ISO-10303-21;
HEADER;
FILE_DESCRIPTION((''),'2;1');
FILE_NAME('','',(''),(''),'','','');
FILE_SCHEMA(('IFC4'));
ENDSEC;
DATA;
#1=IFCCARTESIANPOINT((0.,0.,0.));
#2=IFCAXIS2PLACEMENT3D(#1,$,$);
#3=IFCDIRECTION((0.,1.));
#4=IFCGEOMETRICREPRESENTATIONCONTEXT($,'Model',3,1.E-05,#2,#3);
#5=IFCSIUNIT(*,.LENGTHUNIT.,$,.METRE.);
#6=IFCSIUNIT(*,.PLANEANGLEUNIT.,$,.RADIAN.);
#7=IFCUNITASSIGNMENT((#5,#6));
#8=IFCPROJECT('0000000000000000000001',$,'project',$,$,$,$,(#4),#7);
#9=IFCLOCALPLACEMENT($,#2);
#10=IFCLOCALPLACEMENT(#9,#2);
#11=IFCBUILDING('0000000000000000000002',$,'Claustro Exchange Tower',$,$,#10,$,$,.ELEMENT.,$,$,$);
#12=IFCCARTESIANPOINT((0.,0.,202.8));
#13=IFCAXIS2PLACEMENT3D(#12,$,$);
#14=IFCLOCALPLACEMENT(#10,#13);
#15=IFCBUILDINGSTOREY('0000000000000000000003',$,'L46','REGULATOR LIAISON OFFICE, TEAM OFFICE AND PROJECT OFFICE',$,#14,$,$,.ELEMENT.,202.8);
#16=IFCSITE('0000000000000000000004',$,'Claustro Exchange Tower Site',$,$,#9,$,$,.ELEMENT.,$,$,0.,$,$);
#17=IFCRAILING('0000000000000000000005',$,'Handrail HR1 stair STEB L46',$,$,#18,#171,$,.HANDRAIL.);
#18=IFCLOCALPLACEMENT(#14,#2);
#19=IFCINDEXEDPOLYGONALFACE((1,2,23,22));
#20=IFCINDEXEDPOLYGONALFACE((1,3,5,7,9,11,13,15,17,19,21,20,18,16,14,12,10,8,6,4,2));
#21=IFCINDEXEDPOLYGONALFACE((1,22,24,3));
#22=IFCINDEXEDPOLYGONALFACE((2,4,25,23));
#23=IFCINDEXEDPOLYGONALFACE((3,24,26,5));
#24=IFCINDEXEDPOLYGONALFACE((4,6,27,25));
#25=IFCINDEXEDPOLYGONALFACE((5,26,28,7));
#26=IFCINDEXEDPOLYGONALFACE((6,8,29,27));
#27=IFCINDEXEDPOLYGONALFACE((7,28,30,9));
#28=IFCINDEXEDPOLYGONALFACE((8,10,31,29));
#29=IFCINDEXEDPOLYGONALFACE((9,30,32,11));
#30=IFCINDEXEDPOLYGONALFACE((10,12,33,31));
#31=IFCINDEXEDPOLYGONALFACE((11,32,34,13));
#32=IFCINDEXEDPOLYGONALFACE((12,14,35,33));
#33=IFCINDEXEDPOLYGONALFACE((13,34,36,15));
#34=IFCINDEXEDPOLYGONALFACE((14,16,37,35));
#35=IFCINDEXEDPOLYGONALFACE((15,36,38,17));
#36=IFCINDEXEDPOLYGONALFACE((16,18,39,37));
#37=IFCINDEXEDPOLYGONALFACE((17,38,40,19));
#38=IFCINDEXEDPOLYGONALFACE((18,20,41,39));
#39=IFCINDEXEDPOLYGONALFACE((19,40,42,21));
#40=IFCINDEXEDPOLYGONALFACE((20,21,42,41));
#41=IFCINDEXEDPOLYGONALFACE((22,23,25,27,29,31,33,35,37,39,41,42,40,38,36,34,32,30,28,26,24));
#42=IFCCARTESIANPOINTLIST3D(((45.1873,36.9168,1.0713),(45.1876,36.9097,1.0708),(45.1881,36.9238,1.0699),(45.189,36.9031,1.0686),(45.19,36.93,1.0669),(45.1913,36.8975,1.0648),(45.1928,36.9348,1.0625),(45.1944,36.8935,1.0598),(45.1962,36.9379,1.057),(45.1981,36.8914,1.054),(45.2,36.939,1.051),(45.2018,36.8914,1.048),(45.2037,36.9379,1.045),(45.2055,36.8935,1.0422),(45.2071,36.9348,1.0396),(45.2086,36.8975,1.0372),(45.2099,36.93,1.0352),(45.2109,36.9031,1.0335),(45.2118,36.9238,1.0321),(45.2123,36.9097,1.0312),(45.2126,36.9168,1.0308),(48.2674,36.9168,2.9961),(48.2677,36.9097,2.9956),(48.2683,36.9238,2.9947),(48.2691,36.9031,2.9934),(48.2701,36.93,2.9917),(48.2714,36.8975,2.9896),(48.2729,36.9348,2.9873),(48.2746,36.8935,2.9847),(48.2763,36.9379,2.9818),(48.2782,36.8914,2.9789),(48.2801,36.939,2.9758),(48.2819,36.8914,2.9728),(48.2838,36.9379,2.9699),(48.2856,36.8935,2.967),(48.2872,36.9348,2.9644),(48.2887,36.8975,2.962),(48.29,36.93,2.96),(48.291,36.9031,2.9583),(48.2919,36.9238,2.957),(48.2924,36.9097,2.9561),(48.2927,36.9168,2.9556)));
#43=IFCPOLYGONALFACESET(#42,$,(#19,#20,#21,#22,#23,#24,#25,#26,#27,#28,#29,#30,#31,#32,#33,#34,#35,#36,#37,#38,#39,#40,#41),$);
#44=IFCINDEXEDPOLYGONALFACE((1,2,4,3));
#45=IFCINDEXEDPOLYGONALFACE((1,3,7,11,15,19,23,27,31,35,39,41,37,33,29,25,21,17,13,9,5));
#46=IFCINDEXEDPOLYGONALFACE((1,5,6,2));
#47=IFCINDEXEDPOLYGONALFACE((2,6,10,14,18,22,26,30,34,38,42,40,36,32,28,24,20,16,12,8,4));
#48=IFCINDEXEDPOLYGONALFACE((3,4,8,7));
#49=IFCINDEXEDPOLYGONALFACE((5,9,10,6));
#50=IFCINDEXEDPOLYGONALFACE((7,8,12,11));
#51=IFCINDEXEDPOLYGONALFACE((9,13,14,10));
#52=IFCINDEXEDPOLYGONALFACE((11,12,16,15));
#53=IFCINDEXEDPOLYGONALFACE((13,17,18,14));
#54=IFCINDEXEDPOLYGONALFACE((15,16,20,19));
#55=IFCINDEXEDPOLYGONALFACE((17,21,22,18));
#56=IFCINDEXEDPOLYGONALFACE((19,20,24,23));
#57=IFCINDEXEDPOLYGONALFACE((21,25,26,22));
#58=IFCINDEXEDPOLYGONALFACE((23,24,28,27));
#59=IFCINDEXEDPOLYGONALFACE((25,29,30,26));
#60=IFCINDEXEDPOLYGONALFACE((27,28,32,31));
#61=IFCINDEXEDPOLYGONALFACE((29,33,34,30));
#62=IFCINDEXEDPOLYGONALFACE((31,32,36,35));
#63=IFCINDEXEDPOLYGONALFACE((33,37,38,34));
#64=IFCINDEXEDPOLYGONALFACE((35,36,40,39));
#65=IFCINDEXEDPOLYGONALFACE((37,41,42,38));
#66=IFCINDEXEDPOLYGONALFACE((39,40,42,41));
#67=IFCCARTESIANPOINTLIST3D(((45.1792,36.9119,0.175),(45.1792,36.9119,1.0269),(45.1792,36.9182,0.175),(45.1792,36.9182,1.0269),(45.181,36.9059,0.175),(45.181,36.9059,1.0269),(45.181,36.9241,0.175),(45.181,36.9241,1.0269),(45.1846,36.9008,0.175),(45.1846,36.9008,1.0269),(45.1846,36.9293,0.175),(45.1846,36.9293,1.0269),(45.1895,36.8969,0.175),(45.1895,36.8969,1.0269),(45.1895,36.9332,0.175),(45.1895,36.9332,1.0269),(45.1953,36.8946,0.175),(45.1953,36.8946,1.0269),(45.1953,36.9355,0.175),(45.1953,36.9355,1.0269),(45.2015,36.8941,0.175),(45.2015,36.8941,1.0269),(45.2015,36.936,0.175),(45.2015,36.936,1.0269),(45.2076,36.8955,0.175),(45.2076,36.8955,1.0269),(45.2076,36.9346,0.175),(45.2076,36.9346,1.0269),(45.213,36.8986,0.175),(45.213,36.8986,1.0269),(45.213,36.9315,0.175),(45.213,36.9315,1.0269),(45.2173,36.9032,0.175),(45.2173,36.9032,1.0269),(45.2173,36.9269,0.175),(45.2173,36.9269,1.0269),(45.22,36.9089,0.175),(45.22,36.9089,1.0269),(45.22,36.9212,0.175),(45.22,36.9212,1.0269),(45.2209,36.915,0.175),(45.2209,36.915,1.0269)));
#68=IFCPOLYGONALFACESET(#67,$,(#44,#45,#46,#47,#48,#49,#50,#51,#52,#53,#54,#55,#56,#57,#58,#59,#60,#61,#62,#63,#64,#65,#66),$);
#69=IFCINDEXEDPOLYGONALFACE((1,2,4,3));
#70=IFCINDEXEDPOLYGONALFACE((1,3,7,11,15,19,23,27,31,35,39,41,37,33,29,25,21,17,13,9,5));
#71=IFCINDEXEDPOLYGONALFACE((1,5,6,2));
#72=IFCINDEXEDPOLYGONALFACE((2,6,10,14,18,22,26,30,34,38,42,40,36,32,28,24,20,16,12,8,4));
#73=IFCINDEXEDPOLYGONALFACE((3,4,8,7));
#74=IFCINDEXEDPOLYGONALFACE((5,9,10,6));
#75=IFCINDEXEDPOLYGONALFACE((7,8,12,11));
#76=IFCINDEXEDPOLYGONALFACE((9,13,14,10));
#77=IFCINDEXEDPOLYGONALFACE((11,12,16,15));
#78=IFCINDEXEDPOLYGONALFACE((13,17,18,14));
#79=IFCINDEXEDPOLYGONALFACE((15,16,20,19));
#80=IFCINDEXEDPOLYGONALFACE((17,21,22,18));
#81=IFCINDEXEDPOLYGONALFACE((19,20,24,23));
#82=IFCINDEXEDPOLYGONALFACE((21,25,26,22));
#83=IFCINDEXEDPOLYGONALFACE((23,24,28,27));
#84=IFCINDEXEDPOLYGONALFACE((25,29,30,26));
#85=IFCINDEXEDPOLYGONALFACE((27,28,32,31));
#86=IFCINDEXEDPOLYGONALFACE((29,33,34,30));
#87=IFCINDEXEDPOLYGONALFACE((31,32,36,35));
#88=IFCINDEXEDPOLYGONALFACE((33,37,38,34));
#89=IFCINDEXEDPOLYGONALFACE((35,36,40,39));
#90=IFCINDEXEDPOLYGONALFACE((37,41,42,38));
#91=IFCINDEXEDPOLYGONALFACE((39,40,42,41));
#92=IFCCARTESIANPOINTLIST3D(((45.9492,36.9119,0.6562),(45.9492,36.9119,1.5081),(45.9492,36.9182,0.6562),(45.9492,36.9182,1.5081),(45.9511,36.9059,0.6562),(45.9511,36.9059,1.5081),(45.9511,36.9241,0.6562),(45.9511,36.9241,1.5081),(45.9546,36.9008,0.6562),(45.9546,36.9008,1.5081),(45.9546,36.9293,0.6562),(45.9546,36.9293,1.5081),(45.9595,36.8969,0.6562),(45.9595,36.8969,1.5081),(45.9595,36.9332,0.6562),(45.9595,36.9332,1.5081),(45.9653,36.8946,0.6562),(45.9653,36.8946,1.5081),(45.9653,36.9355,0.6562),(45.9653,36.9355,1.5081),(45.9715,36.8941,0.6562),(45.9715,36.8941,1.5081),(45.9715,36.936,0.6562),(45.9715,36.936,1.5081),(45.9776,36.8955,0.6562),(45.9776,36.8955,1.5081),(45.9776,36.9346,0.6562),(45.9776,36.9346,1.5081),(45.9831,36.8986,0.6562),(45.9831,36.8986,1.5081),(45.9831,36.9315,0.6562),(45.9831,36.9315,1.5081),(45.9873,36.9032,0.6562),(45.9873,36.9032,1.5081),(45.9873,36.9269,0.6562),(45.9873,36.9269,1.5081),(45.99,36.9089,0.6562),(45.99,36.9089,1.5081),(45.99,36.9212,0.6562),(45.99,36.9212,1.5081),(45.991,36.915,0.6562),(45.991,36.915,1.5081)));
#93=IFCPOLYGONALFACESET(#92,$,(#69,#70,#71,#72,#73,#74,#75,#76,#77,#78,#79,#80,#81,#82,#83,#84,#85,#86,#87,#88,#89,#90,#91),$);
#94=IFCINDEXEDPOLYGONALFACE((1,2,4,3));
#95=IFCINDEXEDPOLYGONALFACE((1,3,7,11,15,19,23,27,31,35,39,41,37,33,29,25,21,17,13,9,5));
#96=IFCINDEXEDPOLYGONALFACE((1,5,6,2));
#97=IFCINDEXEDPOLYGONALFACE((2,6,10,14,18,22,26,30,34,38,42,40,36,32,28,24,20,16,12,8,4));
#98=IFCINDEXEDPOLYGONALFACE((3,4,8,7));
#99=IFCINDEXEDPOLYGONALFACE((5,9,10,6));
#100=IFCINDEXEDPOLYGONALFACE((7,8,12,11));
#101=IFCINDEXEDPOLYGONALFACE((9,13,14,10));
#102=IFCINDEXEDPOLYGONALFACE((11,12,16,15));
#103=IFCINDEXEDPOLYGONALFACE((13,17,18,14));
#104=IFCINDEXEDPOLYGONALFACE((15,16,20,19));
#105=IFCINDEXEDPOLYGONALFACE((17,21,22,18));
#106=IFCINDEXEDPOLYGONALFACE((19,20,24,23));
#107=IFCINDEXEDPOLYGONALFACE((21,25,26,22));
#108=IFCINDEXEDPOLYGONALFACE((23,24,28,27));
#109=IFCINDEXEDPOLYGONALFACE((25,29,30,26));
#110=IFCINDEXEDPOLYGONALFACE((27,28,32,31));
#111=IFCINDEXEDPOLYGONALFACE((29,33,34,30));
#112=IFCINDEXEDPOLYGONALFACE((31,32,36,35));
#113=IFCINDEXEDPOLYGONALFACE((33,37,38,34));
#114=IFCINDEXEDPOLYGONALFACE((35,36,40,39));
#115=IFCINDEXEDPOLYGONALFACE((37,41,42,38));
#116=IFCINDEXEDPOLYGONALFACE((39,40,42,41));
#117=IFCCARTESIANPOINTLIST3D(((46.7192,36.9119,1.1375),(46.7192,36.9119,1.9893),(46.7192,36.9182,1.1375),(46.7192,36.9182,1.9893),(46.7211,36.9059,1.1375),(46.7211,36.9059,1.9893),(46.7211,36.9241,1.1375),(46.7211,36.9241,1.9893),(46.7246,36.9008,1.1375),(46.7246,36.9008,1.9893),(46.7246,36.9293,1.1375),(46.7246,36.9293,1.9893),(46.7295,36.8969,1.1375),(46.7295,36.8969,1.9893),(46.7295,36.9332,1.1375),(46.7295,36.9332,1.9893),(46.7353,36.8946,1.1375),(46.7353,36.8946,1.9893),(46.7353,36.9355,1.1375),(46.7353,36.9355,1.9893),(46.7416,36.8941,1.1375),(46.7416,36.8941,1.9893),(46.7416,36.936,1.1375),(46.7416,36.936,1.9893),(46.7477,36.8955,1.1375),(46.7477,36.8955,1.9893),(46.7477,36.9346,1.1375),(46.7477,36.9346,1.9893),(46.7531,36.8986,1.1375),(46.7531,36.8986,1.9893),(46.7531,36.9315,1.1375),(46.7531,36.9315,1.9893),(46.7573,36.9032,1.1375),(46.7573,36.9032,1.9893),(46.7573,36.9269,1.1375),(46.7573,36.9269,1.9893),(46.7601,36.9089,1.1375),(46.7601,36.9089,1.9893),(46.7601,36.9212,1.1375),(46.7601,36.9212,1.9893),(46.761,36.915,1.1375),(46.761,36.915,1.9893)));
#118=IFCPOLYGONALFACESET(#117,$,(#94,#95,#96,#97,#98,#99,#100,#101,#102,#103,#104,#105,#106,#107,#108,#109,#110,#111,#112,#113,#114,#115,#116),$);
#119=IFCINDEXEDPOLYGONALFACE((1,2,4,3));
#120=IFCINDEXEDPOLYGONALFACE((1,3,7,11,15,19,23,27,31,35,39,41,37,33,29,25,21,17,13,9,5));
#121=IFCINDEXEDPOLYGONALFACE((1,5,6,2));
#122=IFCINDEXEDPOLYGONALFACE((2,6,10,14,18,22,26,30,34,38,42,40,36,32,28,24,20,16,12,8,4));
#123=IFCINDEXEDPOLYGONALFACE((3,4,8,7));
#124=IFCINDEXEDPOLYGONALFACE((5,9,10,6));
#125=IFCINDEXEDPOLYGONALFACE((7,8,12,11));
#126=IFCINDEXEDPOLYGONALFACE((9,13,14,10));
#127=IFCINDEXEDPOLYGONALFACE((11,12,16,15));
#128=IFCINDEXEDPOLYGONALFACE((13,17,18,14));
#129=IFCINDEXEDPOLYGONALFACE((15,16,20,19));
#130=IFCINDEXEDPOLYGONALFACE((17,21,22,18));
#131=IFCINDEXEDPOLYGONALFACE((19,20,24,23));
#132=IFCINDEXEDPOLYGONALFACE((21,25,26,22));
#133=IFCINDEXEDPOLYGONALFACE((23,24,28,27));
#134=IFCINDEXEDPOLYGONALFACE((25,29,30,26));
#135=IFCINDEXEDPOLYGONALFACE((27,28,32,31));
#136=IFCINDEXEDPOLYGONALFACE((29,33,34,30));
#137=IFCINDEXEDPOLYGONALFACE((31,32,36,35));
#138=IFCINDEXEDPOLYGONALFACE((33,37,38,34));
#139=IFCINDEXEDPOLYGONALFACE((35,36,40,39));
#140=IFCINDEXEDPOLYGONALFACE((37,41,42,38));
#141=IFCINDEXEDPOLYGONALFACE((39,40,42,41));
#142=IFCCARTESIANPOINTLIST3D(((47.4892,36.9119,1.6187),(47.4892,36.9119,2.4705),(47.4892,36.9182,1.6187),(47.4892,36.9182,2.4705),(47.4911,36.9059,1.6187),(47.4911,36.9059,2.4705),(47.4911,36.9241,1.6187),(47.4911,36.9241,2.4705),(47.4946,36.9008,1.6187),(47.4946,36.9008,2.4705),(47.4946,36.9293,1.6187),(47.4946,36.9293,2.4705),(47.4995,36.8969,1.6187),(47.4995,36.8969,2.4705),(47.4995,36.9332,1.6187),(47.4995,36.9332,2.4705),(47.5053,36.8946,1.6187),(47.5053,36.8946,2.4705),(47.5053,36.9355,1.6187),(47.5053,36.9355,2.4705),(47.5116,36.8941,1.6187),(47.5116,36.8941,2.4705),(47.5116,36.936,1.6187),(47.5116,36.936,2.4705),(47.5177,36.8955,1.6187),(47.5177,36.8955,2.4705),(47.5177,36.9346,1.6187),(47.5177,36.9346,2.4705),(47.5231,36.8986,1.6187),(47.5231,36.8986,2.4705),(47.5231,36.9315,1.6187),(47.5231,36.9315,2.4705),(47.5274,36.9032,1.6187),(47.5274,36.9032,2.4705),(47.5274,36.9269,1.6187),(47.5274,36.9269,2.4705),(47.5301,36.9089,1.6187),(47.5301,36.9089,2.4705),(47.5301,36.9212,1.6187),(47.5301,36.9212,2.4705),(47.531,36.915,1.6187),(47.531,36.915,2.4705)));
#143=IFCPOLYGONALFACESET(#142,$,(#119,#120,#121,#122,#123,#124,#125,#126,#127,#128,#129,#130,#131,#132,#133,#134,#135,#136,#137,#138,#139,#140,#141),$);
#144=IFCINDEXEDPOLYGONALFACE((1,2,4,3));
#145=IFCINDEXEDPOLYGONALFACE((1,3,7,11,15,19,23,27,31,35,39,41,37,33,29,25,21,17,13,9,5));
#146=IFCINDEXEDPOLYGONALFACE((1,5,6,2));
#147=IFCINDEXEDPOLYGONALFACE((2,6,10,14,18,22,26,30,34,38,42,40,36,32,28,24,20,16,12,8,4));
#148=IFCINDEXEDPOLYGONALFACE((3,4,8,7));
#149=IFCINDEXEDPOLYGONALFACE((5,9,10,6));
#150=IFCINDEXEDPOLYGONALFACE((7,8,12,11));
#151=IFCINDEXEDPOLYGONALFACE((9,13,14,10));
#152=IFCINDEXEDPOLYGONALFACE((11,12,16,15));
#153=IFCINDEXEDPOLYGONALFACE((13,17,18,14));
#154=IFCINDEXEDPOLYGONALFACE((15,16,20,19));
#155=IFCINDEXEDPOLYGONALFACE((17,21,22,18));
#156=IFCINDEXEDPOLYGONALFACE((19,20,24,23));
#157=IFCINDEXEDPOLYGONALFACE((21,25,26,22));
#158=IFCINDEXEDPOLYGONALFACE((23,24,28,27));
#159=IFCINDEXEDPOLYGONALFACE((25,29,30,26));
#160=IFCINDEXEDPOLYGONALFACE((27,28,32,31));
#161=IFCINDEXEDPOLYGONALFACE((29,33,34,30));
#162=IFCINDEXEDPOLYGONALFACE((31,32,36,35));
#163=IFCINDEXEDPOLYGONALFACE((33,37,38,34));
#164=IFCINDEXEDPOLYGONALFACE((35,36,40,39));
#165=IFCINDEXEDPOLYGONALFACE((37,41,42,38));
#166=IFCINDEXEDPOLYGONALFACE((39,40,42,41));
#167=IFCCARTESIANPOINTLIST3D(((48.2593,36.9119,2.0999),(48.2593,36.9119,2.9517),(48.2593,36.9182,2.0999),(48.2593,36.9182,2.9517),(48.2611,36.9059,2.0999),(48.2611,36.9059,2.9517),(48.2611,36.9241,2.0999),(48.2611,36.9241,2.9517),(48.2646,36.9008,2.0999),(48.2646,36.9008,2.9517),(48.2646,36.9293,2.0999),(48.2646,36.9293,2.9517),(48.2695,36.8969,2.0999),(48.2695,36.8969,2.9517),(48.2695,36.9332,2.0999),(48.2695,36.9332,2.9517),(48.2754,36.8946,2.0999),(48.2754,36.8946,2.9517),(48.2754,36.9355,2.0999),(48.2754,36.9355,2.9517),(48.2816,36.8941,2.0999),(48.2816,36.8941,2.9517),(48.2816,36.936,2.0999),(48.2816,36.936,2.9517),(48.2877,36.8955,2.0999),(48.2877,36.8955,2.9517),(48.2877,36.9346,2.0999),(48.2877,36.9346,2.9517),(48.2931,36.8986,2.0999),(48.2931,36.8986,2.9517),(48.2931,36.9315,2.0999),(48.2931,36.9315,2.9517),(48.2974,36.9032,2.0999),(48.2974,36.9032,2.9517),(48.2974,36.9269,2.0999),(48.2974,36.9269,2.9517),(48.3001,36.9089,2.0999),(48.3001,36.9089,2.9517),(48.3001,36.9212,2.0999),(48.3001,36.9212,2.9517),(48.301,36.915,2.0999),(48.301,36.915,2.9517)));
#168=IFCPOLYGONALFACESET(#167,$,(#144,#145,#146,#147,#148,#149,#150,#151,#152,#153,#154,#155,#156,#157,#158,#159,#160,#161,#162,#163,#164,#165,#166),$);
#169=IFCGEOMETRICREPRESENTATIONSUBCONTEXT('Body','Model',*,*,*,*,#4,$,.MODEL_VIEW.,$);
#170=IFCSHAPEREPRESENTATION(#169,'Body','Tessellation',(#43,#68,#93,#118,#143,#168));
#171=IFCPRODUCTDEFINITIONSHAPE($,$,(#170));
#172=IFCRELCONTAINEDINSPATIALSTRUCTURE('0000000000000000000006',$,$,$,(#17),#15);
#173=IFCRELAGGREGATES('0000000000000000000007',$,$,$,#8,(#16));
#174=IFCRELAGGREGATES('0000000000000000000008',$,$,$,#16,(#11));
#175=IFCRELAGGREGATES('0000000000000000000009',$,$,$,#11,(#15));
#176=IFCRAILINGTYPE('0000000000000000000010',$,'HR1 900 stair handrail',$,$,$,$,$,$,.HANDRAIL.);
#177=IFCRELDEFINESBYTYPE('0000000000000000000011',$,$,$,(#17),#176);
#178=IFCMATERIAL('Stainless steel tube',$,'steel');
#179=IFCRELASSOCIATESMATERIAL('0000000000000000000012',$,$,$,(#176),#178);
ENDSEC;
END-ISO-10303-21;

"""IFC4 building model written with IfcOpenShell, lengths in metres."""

from ifc_helpers import new_model, si_unit, direction, frame, origin, origin_2d, place, context, subcontext, project, spatial, circle, extrude, material, type_object, element, save


model = new_model("IFC4")

# Units and contexts
model_context = context("Model", 3, precision=1e-05, world=origin(), true_north=direction((0.0, 1.0)))
body_context = subcontext(model_context, "Body", "Model", "MODEL_VIEW")
ifc_project = project(units=[si_unit("LENGTHUNIT", "METRE"), si_unit("PLANEANGLEUNIT", "RADIAN")], contexts=[model_context])

# Site, building, storey
site_placement = place(None, origin())
site = spatial("IfcSite", under=ifc_project, at=site_placement, Name="Claustro Exchange Tower Site", CompositionType="ELEMENT", RefElevation=0.0)
building_placement = place(site_placement, origin())
building = spatial("IfcBuilding", under=site, at=building_placement, Name="Claustro Exchange Tower", CompositionType="ELEMENT")
storey_placement = place(building_placement, frame((0.0, 0.0, 202.8)))
storey = spatial("IfcBuildingStorey", under=building, at=storey_placement, Name="L46", Description="REGULATOR LIAISON OFFICE, TEAM OFFICE AND PROJECT OFFICE", CompositionType="ELEMENT", Elevation=202.8)

# Railing
ifc_material_1 = material(Name="Stainless steel tube", Category="steel")
railing_type_1 = type_object("IfcRailingType", Name="HR1 900 stair handrail", PredefinedType="HANDRAIL", material=ifc_material_1)
railing_1_placement = place(storey_placement, frame((45.2, 36.915, 0.175)))
element("IfcRailing", 1, at=railing_1_placement, inside=storey, type_object=railing_type_1, Name="Handrail HR1 stair STEB L46", PredefinedType="HANDRAIL", context=body_context, shape_type="SweptSolid", body=[
    extrude(circle(Radius=0.0239, at=origin_2d()), frame((0.0, 0.0, 0.876), z_axis=(0.848029, 0.0, 0.529951), x_axis=(0.0, 1.0, 0.0)), (0.0, 0.0, 1.0), 3.6321),
    extrude(circle(Radius=0.021, at=origin_2d()), origin(), (0.0, 0.0, 1.0), 0.8518),
    extrude(circle(Radius=0.021, at=origin_2d()), frame((0.77, 0.0, 0.4812)), (0.0, 0.0, 1.0), 0.8518),
    extrude(circle(Radius=0.021, at=origin_2d()), frame((1.54, 0.0, 0.9624)), (0.0, 0.0, 1.0), 0.8518),
    extrude(circle(Radius=0.021, at=origin_2d()), frame((2.3101, 0.0, 1.4436)), (0.0, 0.0, 1.0), 0.8518),
    extrude(circle(Radius=0.021, at=origin_2d()), frame((3.0801, 0.0, 1.9248)), (0.0, 0.0, 1.0), 0.8518),
])

save(model, "model.ifc")
